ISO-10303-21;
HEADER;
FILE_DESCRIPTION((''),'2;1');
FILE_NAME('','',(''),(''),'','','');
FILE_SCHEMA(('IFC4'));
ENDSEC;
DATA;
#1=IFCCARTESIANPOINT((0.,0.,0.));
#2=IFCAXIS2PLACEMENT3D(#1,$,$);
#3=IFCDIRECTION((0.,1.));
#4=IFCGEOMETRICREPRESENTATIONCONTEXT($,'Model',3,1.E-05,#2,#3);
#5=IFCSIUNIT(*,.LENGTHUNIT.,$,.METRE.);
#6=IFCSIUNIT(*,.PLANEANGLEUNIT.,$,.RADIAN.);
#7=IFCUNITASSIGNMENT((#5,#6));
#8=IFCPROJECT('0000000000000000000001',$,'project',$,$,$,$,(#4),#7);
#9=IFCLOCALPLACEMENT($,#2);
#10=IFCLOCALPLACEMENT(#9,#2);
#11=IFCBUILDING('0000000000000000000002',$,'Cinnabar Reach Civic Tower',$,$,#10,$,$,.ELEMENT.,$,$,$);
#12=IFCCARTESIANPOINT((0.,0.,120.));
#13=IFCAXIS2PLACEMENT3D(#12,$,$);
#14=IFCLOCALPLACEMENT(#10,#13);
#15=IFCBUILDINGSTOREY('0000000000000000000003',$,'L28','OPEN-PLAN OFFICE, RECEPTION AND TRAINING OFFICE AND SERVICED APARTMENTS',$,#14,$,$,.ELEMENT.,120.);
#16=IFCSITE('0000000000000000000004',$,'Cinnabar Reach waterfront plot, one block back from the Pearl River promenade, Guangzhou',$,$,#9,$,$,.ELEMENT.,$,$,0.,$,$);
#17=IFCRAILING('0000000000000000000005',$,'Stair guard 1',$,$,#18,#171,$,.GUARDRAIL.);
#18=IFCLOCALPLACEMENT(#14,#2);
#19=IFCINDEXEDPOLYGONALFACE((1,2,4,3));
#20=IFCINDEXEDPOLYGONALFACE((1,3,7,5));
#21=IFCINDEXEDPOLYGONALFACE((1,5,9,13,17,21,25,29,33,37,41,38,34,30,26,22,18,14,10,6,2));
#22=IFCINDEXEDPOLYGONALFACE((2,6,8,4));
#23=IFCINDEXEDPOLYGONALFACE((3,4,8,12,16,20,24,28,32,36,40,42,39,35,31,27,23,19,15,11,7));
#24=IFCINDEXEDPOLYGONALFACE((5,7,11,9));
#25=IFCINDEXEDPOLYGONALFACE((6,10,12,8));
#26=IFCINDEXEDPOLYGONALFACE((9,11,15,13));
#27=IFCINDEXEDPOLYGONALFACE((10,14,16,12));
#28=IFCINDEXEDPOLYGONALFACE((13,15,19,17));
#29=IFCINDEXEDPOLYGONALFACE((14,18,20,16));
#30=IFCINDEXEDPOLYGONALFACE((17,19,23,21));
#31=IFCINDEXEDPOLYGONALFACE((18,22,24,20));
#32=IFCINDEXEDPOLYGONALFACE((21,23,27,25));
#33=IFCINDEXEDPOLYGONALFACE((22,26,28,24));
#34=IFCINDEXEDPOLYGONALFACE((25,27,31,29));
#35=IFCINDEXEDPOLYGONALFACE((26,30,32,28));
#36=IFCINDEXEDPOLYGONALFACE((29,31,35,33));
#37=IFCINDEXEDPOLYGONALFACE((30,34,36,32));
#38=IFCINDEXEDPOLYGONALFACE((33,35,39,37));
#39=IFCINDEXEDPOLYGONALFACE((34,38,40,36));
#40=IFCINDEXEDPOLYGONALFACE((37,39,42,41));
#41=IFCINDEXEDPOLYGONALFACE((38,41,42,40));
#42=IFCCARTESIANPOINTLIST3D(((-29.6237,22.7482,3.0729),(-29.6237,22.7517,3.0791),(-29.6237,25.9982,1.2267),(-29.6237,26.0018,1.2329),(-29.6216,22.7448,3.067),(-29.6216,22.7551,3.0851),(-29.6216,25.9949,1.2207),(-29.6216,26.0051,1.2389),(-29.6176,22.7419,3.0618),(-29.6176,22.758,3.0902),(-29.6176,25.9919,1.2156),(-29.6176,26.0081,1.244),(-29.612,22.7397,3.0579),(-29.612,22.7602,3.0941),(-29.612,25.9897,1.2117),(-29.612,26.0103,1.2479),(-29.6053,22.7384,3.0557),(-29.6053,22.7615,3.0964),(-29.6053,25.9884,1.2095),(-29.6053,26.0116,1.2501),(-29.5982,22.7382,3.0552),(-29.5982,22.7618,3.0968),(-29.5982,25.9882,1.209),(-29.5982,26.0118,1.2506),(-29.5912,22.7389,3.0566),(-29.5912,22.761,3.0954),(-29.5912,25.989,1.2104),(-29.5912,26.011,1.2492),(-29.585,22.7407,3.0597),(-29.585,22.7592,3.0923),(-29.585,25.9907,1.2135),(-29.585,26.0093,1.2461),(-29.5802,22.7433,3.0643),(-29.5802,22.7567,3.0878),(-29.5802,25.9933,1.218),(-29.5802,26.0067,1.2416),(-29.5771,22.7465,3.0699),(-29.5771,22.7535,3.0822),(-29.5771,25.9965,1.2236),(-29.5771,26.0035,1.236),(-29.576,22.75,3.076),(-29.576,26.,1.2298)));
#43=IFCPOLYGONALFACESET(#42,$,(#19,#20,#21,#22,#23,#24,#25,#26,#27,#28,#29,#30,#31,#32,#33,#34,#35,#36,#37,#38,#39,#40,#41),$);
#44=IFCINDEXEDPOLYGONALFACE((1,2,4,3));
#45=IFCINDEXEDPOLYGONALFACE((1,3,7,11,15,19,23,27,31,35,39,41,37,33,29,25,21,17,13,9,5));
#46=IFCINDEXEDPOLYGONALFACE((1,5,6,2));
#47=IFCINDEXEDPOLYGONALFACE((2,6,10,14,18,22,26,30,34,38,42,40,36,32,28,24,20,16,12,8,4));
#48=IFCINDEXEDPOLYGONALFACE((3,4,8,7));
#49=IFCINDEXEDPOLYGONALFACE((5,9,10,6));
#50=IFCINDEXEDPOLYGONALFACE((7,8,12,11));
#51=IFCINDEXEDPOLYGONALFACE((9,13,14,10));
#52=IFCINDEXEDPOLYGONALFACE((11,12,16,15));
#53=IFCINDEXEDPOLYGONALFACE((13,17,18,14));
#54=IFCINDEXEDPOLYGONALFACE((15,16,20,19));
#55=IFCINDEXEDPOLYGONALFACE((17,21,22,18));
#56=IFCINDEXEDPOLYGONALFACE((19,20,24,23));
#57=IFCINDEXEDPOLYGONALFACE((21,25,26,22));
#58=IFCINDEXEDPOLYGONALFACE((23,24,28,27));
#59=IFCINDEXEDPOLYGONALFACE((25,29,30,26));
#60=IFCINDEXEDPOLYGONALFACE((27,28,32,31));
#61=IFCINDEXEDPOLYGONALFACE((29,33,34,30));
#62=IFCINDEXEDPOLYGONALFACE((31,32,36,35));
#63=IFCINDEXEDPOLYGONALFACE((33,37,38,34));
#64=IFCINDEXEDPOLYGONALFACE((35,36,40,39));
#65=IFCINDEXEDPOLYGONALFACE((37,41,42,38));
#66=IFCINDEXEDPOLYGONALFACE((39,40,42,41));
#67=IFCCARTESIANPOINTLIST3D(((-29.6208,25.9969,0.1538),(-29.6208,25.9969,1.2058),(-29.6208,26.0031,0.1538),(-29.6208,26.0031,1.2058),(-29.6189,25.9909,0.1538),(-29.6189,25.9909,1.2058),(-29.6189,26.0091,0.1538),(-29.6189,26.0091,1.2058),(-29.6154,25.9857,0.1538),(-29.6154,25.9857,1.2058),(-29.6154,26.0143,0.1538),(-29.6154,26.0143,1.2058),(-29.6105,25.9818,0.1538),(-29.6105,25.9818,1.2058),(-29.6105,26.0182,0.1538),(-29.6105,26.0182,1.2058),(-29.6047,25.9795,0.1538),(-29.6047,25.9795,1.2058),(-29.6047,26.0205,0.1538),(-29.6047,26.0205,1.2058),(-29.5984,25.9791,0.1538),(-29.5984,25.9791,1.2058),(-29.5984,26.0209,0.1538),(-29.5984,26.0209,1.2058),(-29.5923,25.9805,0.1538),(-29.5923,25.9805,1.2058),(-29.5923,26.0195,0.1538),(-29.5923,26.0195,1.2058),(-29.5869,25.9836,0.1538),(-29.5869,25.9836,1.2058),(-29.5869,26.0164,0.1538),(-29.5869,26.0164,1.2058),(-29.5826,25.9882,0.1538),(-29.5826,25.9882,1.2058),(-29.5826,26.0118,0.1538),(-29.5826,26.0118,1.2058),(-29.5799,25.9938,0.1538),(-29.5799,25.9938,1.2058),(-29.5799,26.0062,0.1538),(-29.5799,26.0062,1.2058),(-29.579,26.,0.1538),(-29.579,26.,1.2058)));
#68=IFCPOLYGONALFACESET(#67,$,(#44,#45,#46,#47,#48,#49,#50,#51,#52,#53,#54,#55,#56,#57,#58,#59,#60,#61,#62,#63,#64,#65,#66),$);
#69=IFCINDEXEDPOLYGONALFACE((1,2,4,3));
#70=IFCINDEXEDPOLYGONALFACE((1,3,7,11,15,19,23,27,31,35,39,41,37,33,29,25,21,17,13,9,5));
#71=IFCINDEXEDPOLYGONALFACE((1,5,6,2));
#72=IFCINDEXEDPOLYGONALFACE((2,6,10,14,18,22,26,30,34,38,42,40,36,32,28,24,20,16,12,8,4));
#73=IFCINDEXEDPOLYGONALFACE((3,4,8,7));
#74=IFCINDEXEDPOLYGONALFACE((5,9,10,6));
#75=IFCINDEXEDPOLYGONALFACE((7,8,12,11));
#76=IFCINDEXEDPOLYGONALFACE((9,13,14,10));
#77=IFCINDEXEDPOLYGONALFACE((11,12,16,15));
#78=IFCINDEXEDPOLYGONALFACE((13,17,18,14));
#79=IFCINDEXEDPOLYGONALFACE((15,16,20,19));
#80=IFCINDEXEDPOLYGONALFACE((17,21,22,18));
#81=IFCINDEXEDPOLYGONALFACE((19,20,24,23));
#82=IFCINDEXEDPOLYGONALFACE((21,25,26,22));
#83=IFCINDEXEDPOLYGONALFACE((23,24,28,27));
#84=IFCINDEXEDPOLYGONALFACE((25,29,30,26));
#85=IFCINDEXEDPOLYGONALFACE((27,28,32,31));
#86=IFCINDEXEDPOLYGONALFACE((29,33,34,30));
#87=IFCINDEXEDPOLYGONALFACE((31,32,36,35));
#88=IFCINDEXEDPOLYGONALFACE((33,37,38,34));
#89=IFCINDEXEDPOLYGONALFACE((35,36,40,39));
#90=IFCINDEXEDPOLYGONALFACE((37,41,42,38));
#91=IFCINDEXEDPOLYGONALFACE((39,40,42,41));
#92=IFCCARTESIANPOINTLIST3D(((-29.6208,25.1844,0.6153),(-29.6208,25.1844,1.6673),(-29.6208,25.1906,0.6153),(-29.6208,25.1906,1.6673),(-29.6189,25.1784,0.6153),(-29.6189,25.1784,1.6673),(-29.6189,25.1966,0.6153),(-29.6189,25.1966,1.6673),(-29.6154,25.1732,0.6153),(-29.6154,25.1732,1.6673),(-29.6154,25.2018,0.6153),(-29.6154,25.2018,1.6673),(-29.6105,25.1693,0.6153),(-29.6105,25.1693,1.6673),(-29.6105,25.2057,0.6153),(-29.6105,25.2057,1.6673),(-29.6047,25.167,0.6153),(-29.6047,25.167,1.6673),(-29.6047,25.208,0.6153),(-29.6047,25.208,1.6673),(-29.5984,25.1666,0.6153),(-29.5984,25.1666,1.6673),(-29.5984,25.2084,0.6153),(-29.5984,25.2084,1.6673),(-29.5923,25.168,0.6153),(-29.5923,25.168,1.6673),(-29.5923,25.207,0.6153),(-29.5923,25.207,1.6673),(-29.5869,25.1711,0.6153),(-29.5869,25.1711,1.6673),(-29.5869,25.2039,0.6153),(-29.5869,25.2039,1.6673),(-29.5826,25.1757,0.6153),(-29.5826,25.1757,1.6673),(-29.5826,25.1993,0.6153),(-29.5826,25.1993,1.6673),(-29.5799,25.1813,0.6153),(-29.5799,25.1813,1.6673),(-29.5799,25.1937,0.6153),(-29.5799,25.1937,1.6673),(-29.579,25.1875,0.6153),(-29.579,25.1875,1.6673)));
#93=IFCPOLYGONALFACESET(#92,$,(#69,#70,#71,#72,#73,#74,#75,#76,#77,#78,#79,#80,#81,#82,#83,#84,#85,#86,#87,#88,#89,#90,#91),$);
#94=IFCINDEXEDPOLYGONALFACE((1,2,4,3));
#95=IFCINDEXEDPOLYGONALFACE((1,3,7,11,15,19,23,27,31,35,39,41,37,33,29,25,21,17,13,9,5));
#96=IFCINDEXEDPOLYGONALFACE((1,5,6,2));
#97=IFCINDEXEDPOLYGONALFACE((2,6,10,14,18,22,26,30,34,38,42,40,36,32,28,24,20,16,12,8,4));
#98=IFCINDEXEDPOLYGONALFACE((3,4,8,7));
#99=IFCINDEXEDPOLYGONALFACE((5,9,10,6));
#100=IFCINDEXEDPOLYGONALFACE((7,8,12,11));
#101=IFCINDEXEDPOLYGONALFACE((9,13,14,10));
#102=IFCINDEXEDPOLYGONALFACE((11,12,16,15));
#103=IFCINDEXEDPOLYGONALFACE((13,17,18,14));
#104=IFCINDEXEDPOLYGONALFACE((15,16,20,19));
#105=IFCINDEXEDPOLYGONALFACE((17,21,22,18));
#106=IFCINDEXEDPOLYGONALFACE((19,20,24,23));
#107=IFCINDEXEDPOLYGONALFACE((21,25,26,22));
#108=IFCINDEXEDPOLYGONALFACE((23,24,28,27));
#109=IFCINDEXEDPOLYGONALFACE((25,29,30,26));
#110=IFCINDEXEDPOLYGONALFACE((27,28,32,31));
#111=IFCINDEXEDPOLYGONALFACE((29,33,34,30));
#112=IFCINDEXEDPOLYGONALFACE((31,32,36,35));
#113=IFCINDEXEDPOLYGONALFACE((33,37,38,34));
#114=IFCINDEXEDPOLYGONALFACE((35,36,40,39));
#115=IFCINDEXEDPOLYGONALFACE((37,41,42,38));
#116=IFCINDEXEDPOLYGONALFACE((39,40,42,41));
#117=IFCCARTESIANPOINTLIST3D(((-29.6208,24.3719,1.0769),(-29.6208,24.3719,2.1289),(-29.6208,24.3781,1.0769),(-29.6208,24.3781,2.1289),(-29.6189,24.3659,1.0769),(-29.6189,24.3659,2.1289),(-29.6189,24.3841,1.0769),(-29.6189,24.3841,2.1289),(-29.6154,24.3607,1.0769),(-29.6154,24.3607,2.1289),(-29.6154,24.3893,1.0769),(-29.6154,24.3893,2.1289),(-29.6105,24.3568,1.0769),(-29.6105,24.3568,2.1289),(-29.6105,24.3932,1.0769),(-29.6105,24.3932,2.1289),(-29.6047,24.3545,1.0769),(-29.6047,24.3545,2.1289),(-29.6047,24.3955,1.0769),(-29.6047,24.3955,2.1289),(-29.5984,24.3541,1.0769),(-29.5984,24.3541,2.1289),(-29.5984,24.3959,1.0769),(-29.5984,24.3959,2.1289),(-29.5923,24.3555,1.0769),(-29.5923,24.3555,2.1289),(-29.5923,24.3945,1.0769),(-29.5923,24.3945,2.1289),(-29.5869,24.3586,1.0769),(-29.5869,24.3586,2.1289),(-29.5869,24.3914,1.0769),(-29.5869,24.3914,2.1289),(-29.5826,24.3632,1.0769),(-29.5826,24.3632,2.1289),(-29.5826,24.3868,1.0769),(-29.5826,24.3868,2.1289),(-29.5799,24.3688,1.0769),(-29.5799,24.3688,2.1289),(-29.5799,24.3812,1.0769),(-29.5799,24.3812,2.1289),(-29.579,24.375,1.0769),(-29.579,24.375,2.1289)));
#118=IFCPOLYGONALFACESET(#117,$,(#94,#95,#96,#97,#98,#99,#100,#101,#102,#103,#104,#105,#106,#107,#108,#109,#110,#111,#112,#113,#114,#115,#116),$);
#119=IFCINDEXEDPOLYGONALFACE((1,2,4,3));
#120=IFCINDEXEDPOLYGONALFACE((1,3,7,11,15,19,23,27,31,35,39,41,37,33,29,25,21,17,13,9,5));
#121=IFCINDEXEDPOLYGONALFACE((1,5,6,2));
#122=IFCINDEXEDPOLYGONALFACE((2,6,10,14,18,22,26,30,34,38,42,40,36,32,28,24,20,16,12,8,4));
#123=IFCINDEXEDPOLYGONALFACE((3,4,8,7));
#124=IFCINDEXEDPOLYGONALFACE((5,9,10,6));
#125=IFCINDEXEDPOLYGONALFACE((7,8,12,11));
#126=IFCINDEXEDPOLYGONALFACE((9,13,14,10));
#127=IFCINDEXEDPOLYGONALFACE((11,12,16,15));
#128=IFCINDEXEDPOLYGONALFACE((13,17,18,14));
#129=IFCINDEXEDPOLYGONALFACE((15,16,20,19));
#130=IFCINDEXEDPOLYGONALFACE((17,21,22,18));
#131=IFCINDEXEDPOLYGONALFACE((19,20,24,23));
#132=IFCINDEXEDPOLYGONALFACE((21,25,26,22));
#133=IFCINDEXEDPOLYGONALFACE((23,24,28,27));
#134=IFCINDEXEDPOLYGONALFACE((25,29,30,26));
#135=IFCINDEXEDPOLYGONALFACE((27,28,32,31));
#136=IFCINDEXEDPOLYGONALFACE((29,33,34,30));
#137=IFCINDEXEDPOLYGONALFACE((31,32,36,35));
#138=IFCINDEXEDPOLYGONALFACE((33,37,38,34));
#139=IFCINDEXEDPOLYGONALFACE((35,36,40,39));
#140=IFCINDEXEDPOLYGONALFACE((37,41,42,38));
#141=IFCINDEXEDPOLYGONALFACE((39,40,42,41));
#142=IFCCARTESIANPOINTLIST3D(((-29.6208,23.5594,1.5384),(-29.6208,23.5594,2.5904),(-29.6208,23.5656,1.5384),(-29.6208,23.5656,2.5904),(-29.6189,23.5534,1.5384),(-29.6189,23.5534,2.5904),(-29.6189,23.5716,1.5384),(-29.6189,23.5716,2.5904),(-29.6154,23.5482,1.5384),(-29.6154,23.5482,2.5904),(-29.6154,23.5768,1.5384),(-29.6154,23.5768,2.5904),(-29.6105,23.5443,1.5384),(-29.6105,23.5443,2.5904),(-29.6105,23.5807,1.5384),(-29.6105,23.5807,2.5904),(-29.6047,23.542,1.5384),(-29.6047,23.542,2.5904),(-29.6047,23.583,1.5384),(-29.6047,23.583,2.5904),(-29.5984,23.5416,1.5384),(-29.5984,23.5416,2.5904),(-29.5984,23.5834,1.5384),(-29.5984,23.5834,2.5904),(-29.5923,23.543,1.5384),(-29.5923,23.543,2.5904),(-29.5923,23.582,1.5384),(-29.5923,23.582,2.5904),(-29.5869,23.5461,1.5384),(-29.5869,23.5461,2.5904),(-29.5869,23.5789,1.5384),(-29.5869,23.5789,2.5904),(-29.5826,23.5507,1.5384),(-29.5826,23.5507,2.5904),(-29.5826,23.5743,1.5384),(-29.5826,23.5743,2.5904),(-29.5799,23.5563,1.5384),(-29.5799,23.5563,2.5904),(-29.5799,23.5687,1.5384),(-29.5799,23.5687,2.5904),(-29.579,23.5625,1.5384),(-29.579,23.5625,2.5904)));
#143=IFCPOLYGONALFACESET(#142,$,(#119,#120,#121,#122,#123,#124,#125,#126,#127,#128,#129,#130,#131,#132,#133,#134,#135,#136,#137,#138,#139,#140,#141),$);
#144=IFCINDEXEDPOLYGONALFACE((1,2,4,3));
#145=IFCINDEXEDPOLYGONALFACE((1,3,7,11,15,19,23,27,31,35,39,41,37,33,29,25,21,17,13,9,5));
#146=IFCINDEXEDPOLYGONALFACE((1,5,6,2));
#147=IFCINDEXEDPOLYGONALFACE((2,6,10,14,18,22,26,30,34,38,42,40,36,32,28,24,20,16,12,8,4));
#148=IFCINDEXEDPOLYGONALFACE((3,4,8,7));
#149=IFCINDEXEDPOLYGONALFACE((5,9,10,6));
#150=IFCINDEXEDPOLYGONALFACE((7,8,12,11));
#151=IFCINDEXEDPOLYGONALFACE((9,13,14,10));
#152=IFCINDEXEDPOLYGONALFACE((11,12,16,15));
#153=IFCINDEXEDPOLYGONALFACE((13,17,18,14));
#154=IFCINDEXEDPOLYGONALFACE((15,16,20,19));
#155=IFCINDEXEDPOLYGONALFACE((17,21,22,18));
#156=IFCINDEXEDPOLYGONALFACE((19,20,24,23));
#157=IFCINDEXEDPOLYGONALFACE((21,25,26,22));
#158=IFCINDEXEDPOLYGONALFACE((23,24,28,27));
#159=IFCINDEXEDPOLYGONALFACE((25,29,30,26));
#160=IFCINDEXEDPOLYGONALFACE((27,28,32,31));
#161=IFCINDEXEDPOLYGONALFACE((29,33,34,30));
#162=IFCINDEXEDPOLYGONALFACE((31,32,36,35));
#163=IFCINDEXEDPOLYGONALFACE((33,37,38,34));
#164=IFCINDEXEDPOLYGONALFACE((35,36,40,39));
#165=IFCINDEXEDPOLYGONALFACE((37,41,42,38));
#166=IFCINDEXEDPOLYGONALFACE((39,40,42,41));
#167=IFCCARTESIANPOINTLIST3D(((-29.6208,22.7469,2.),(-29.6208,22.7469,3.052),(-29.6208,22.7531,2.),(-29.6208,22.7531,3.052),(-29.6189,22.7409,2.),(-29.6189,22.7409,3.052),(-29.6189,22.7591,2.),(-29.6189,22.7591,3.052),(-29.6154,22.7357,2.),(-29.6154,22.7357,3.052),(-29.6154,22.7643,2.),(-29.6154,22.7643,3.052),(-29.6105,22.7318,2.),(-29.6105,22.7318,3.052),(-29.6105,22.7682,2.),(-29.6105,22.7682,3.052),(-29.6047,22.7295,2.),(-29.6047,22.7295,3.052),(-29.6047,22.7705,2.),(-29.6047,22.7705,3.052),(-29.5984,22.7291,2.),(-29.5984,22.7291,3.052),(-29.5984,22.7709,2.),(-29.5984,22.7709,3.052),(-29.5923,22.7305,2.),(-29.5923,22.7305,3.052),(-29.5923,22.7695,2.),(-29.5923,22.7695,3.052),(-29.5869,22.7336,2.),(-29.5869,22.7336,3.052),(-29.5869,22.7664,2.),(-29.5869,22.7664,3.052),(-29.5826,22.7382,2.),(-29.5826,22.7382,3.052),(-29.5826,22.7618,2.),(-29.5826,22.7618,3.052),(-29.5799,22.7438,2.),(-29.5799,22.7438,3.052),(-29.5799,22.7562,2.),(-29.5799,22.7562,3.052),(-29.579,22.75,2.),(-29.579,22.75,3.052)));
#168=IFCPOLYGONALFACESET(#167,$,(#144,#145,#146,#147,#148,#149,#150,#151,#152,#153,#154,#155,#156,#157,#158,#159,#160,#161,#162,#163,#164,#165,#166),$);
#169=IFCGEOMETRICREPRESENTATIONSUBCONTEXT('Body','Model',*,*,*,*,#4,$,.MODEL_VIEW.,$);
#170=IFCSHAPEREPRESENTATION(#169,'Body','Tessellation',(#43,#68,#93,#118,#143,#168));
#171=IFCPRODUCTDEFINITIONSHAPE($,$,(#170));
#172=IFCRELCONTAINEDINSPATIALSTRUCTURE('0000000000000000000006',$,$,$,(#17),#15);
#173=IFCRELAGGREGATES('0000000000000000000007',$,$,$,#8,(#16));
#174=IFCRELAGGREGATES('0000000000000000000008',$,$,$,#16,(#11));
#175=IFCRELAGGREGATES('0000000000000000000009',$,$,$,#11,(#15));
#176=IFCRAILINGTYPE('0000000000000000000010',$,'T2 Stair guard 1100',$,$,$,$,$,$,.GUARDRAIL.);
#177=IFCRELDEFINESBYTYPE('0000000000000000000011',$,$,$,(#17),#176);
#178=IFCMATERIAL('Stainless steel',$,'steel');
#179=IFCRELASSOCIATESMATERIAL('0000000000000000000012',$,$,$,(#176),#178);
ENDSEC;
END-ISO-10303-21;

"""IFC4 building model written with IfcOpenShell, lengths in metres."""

from ifc_helpers import new_model, si_unit, direction, frame, origin, origin_2d, place, context, subcontext, project, spatial, circle, extrude, material, type_object, element, save


model = new_model("IFC4")

# Units and contexts
model_context = context("Model", 3, precision=1e-05, world=origin(), true_north=direction((0.0, 1.0)))
body_context = subcontext(model_context, "Body", "Model", "MODEL_VIEW")
ifc_project = project(units=[si_unit("LENGTHUNIT", "METRE"), si_unit("PLANEANGLEUNIT", "RADIAN")], contexts=[model_context])

# Site, building, storey
site_placement = place(None, origin())
site = spatial("IfcSite", under=ifc_project, at=site_placement, Name="Cinnabar Reach waterfront plot, one block back from the Pearl River promenade, Guangzhou", CompositionType="ELEMENT", RefElevation=0.0)
building_placement = place(site_placement, origin())
building = spatial("IfcBuilding", under=site, at=building_placement, Name="Cinnabar Reach Civic Tower", CompositionType="ELEMENT")
storey_placement = place(building_placement, frame((0.0, 0.0, 120.0)))
storey = spatial("IfcBuildingStorey", under=building, at=storey_placement, Name="L28", Description="OPEN-PLAN OFFICE, RECEPTION AND TRAINING OFFICE AND SERVICED APARTMENTS", CompositionType="ELEMENT", Elevation=120.0)

# Railing
ifc_material_1 = material(Name="Stainless steel", Category="steel")
railing_type = type_object("IfcRailingType", Name="T2 Stair guard 1100", PredefinedType="GUARDRAIL", material=ifc_material_1)
railing_1_placement = place(storey_placement, frame((-29.6, 26.0, 0.1538)))
element("IfcRailing", 1, at=railing_1_placement, inside=storey, type_object=railing_type, Name="Stair guard 1", PredefinedType="GUARDRAIL", context=body_context, shape_type="SweptSolid", body=[
    extrude(circle(Radius=0.024, at=origin_2d()), frame((0.0, 0.0, 1.076), z_axis=(0.0, -0.869501, 0.49393), x_axis=(1.0, 0.0, 0.0)), (0.0, 0.0, 1.0), 3.7378),
    extrude(circle(Radius=0.021, at=origin_2d()), origin(), (0.0, 0.0, 1.0), 1.052),
    extrude(circle(Radius=0.021, at=origin_2d()), frame((0.0, -0.8125, 0.4615)), (0.0, 0.0, 1.0), 1.052),
    extrude(circle(Radius=0.021, at=origin_2d()), frame((0.0, -1.625, 0.9231)), (0.0, 0.0, 1.0), 1.052),
    extrude(circle(Radius=0.021, at=origin_2d()), frame((0.0, -2.4375, 1.3846)), (0.0, 0.0, 1.0), 1.052),
    extrude(circle(Radius=0.021, at=origin_2d()), frame((0.0, -3.25, 1.8462)), (0.0, 0.0, 1.0), 1.052),
])

save(model, "model.ifc")
